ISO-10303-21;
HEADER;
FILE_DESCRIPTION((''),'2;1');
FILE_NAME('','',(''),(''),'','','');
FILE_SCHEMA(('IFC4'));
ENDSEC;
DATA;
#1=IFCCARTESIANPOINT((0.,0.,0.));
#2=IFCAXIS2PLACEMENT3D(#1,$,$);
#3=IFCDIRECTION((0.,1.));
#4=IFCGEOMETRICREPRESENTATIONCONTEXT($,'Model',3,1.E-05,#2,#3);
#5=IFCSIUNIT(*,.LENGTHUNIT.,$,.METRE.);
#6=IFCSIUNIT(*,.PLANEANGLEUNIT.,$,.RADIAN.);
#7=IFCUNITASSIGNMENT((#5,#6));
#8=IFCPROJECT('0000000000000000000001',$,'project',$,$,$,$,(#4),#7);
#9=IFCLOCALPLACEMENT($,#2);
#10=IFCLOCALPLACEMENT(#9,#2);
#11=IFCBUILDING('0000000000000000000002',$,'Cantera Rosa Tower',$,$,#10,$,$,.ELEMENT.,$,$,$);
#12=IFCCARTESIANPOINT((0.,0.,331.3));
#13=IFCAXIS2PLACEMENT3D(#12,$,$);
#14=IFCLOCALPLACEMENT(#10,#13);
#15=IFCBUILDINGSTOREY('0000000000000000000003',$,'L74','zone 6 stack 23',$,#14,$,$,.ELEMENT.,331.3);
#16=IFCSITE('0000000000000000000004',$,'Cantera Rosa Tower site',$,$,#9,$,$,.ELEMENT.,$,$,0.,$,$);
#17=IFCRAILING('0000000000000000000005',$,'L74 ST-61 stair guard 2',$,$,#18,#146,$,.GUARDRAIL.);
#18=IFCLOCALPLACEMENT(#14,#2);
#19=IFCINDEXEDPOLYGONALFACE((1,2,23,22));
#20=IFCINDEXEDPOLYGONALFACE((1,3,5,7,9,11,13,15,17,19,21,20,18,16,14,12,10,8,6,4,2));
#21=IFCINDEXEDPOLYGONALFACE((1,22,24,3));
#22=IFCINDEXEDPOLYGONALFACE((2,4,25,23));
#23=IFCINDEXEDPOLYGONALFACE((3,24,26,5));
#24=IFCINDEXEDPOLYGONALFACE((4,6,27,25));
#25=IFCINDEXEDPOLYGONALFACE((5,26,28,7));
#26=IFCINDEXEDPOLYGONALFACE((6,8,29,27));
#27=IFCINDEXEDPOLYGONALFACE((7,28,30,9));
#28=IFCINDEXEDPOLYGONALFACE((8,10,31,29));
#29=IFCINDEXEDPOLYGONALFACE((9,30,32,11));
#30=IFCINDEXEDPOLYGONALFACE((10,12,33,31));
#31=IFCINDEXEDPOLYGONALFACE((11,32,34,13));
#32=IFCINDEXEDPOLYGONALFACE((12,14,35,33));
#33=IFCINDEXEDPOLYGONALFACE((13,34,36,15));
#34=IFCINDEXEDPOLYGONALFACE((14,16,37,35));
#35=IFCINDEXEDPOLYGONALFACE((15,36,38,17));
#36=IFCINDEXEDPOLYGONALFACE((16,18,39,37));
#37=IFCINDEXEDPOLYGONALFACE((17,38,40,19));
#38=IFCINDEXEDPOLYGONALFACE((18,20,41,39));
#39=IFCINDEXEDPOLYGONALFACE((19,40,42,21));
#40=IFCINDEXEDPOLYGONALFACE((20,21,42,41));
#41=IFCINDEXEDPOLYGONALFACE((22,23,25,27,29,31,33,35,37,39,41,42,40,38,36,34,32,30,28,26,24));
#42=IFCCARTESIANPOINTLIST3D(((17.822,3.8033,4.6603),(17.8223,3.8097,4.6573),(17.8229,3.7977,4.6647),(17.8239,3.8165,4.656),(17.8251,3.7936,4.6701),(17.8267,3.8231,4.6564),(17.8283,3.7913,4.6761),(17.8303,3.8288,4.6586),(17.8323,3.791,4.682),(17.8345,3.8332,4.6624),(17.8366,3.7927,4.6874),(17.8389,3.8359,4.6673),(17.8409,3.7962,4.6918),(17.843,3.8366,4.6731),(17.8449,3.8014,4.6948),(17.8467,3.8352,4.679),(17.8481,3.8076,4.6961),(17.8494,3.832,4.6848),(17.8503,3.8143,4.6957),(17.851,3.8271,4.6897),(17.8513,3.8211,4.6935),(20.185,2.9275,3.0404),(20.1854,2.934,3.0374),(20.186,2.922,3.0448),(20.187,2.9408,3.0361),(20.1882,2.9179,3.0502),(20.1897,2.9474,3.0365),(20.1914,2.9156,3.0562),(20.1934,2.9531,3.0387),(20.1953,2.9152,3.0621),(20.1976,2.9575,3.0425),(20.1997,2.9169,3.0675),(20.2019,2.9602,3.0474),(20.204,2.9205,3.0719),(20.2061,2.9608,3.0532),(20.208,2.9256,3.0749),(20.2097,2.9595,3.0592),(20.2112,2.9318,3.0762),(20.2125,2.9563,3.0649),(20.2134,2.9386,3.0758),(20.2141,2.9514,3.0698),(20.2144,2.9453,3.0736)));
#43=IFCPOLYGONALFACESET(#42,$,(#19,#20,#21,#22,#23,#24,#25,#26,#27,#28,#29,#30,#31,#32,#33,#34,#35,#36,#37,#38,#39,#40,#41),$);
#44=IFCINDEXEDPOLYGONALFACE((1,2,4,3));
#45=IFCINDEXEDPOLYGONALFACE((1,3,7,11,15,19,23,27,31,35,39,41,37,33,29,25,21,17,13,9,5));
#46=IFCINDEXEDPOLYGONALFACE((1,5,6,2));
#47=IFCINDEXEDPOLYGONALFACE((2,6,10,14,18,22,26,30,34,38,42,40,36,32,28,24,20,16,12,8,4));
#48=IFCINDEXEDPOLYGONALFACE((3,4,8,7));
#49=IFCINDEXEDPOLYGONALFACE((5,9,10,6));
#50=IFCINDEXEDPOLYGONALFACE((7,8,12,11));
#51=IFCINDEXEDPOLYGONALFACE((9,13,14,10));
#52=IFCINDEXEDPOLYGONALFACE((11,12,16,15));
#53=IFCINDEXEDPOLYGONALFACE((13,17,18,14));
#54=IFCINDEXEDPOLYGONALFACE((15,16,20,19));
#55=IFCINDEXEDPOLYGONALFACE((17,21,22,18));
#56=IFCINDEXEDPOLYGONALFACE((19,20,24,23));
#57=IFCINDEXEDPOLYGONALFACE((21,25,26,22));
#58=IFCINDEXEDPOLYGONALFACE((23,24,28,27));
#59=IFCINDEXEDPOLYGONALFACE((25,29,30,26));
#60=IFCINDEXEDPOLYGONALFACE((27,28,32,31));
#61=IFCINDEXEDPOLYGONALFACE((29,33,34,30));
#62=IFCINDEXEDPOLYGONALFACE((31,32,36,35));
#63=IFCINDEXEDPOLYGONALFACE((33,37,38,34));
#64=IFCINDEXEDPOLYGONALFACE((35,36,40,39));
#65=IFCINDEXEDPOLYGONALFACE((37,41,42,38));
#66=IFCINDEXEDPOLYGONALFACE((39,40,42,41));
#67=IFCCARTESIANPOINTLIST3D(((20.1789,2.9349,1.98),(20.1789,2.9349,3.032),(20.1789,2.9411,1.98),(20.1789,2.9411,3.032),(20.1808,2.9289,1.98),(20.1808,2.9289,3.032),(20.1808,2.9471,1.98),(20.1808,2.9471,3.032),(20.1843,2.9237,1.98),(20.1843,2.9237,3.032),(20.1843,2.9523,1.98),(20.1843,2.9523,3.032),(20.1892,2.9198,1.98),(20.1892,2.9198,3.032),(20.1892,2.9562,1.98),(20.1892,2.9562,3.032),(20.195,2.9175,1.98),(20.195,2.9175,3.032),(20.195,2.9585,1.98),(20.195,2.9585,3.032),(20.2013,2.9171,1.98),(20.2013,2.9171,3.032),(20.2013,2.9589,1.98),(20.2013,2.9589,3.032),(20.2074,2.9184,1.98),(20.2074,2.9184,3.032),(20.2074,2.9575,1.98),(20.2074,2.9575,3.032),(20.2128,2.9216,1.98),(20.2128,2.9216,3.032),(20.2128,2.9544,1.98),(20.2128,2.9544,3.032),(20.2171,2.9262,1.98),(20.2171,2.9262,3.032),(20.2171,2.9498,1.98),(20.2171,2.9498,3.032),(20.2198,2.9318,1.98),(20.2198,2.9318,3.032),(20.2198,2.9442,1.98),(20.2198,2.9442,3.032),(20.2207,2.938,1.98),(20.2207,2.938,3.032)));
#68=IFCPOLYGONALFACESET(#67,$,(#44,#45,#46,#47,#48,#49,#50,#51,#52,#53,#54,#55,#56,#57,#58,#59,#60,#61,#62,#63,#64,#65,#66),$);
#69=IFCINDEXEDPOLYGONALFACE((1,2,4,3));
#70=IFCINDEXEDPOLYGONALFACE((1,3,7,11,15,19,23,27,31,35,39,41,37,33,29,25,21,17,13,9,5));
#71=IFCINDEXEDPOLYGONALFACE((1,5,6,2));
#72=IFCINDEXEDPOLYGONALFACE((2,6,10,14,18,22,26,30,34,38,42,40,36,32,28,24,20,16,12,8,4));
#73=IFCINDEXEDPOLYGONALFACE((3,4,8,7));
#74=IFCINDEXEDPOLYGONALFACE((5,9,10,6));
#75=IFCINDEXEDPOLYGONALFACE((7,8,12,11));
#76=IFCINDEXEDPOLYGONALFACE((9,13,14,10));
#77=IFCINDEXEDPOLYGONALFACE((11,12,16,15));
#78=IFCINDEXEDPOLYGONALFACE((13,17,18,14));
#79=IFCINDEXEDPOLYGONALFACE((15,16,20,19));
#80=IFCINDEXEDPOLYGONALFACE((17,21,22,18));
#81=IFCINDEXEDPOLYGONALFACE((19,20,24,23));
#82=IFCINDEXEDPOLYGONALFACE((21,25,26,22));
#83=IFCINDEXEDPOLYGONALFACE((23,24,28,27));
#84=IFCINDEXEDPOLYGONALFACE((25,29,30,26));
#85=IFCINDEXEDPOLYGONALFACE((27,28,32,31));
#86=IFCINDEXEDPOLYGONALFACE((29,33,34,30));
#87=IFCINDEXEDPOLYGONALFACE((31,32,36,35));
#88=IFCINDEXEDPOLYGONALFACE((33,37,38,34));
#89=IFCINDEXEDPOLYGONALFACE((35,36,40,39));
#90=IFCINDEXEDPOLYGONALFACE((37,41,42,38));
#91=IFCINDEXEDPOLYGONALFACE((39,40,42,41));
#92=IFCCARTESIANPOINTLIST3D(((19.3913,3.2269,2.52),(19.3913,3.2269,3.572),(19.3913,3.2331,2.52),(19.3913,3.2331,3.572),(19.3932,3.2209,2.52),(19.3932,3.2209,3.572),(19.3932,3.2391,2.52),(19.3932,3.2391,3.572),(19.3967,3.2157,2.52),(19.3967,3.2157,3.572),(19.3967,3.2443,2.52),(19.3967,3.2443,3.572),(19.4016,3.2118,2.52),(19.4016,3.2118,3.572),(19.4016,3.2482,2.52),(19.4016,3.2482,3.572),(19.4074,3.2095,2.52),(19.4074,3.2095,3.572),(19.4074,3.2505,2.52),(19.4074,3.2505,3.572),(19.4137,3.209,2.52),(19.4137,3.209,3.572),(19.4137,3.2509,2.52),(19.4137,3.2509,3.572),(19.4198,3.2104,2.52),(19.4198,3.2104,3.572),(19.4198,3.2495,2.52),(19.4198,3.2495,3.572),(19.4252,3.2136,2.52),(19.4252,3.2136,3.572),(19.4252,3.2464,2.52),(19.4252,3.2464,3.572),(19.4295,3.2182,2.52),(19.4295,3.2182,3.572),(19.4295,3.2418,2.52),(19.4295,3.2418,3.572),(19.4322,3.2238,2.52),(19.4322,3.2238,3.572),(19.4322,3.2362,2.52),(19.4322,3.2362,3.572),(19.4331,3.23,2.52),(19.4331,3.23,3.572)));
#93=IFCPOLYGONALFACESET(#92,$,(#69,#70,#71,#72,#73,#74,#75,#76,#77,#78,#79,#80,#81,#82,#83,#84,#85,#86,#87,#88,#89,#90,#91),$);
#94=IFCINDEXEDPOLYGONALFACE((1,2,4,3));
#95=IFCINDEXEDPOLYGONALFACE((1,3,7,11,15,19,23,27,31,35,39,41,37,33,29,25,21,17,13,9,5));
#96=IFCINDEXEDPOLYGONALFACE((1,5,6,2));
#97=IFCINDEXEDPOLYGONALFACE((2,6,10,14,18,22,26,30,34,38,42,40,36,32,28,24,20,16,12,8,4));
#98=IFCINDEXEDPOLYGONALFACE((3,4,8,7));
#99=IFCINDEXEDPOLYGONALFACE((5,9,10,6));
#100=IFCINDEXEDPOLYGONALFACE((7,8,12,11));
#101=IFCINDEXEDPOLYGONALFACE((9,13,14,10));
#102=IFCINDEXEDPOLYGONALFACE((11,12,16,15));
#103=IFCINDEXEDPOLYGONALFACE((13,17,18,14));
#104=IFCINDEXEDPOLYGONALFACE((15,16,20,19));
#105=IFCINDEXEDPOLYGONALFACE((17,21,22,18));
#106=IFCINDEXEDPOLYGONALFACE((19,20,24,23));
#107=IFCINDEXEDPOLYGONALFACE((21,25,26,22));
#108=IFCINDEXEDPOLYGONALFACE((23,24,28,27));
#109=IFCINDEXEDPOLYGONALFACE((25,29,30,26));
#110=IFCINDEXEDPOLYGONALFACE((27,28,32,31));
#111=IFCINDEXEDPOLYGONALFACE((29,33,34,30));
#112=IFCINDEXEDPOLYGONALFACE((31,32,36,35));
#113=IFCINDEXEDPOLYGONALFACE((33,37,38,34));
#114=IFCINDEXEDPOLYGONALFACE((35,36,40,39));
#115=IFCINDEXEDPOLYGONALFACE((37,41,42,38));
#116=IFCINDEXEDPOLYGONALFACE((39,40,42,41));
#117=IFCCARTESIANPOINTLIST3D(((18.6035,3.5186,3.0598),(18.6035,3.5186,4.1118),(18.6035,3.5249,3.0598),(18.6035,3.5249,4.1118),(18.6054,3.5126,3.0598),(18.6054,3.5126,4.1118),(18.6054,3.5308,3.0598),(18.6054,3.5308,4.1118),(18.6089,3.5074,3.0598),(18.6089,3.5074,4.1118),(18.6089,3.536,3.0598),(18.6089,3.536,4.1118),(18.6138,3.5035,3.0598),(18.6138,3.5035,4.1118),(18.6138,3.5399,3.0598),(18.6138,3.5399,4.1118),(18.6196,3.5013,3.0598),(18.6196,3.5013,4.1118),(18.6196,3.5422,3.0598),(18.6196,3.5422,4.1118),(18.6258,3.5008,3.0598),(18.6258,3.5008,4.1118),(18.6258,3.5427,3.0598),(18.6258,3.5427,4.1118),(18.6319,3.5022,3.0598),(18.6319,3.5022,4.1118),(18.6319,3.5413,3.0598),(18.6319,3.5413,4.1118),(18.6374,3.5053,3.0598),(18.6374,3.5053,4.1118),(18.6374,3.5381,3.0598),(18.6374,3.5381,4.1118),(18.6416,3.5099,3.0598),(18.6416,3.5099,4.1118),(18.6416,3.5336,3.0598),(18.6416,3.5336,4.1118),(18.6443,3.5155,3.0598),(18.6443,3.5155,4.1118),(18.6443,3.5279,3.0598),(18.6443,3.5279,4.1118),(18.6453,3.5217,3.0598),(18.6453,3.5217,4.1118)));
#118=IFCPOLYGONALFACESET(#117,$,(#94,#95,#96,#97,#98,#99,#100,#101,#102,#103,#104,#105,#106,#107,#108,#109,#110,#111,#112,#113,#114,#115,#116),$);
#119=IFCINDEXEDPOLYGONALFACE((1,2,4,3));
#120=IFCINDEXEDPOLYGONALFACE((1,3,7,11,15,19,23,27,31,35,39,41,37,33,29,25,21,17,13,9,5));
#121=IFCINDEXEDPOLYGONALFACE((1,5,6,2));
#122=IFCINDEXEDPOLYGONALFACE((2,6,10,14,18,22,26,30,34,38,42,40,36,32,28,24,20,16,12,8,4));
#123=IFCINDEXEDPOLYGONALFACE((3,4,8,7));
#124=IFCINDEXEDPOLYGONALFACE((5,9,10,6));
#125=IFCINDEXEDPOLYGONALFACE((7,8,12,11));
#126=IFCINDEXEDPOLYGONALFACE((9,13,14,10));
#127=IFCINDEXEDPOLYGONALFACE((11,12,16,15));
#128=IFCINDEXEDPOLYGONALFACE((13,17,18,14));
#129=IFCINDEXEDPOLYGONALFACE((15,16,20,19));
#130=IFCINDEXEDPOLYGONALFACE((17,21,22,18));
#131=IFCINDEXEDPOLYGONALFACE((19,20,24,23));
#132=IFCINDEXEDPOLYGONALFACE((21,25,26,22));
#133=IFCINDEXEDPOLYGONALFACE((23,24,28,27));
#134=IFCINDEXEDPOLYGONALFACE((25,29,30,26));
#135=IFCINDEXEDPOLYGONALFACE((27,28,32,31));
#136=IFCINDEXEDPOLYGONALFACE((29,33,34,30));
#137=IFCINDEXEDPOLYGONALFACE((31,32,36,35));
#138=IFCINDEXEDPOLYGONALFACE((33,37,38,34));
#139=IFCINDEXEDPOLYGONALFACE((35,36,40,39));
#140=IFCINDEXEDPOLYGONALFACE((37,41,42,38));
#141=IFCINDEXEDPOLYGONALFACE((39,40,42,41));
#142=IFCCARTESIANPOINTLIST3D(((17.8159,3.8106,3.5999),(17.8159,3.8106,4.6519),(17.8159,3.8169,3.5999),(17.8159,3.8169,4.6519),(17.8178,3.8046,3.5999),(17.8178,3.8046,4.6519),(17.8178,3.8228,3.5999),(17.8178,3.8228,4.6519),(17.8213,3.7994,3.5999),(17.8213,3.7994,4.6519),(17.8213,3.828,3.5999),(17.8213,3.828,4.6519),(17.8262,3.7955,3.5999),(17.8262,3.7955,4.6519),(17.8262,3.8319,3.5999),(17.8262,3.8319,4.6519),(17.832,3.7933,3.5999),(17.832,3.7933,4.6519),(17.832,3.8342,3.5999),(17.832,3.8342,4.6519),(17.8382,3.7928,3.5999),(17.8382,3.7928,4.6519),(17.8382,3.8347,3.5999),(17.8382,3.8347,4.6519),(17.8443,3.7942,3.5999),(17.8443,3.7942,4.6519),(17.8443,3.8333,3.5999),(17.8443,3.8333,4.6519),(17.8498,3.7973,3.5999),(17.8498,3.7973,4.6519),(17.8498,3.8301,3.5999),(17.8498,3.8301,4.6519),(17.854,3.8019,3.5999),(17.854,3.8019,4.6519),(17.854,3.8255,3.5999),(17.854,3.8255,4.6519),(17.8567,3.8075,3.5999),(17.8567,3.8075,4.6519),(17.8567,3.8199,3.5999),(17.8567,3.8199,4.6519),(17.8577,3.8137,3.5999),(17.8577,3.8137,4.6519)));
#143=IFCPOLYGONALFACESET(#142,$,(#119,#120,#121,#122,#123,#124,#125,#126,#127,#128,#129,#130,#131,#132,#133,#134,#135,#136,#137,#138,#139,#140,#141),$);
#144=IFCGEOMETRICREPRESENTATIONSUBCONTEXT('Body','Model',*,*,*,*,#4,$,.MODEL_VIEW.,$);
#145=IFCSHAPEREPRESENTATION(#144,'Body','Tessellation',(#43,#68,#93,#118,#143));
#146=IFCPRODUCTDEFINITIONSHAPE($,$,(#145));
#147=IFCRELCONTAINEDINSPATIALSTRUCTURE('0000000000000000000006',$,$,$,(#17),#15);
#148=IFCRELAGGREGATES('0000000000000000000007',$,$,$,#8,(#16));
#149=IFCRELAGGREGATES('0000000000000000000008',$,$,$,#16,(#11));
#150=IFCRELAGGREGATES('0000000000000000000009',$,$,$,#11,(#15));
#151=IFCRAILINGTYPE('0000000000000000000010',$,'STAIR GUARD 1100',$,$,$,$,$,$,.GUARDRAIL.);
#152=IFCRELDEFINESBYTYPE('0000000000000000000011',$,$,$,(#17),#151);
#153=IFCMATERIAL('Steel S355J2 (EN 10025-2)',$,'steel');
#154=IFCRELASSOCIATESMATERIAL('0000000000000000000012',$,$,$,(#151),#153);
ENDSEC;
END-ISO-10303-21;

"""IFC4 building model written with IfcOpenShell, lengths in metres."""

from ifc_helpers import new_model, si_unit, direction, frame, origin, origin_2d, place, context, subcontext, project, spatial, circle, extrude, material, type_object, element, save


model = new_model("IFC4")

# Units and contexts
model_context = context("Model", 3, precision=1e-05, world=origin(), true_north=direction((0.0, 1.0)))
body_context = subcontext(model_context, "Body", "Model", "MODEL_VIEW")
ifc_project = project(units=[si_unit("LENGTHUNIT", "METRE"), si_unit("PLANEANGLEUNIT", "RADIAN")], contexts=[model_context])

# Site, building, storey
site_placement = place(None, origin())
site = spatial("IfcSite", under=ifc_project, at=site_placement, Name="Cantera Rosa Tower site", CompositionType="ELEMENT", RefElevation=0.0)
building_placement = place(site_placement, origin())
building = spatial("IfcBuilding", under=site, at=building_placement, Name="Cantera Rosa Tower", CompositionType="ELEMENT")
storey_placement = place(building_placement, frame((0.0, 0.0, 331.3)))
storey = spatial("IfcBuildingStorey", under=building, at=storey_placement, Name="L74", Description="zone 6 stack 23", CompositionType="ELEMENT", Elevation=331.3)

# Railing
ifc_material_1 = material(Name="Steel S355J2 (EN 10025-2)", Category="steel")
railing_type_1 = type_object("IfcRailingType", Name="STAIR GUARD 1100", PredefinedType="GUARDRAIL", material=ifc_material_1)
railing_1_placement = place(storey_placement, frame((20.1997, 2.938, 1.98)))
element("IfcRailing", 1, at=railing_1_placement, inside=storey, type_object=railing_type_1, Name="L74 ST-61 stair guard 2", PredefinedType="GUARDRAIL", context=body_context, shape_type="SweptSolid", body=[
    extrude(circle(Radius=0.0239, at=origin_2d()), frame((0.0, 0.0, 1.0762), z_axis=(-0.788782, 0.29232, 0.540714), x_axis=(-0.347501, -0.93768, 0.0)), (0.0, 0.0, 1.0), 2.9958),
    extrude(circle(Radius=0.021, at=origin_2d()), origin(), (0.0, 0.0, 1.0), 1.052),
    extrude(circle(Radius=0.021, at=origin_2d()), frame((-0.7876, 0.292, 0.54)), (0.0, 0.0, 1.0), 1.052),
    extrude(circle(Radius=0.021, at=origin_2d()), frame((-1.5754, 0.5837, 1.0798)), (0.0, 0.0, 1.0), 1.052),
    extrude(circle(Radius=0.021, at=origin_2d()), frame((-2.363, 0.8757, 1.6199)), (0.0, 0.0, 1.0), 1.052),
])

save(model, "model.ifc")
